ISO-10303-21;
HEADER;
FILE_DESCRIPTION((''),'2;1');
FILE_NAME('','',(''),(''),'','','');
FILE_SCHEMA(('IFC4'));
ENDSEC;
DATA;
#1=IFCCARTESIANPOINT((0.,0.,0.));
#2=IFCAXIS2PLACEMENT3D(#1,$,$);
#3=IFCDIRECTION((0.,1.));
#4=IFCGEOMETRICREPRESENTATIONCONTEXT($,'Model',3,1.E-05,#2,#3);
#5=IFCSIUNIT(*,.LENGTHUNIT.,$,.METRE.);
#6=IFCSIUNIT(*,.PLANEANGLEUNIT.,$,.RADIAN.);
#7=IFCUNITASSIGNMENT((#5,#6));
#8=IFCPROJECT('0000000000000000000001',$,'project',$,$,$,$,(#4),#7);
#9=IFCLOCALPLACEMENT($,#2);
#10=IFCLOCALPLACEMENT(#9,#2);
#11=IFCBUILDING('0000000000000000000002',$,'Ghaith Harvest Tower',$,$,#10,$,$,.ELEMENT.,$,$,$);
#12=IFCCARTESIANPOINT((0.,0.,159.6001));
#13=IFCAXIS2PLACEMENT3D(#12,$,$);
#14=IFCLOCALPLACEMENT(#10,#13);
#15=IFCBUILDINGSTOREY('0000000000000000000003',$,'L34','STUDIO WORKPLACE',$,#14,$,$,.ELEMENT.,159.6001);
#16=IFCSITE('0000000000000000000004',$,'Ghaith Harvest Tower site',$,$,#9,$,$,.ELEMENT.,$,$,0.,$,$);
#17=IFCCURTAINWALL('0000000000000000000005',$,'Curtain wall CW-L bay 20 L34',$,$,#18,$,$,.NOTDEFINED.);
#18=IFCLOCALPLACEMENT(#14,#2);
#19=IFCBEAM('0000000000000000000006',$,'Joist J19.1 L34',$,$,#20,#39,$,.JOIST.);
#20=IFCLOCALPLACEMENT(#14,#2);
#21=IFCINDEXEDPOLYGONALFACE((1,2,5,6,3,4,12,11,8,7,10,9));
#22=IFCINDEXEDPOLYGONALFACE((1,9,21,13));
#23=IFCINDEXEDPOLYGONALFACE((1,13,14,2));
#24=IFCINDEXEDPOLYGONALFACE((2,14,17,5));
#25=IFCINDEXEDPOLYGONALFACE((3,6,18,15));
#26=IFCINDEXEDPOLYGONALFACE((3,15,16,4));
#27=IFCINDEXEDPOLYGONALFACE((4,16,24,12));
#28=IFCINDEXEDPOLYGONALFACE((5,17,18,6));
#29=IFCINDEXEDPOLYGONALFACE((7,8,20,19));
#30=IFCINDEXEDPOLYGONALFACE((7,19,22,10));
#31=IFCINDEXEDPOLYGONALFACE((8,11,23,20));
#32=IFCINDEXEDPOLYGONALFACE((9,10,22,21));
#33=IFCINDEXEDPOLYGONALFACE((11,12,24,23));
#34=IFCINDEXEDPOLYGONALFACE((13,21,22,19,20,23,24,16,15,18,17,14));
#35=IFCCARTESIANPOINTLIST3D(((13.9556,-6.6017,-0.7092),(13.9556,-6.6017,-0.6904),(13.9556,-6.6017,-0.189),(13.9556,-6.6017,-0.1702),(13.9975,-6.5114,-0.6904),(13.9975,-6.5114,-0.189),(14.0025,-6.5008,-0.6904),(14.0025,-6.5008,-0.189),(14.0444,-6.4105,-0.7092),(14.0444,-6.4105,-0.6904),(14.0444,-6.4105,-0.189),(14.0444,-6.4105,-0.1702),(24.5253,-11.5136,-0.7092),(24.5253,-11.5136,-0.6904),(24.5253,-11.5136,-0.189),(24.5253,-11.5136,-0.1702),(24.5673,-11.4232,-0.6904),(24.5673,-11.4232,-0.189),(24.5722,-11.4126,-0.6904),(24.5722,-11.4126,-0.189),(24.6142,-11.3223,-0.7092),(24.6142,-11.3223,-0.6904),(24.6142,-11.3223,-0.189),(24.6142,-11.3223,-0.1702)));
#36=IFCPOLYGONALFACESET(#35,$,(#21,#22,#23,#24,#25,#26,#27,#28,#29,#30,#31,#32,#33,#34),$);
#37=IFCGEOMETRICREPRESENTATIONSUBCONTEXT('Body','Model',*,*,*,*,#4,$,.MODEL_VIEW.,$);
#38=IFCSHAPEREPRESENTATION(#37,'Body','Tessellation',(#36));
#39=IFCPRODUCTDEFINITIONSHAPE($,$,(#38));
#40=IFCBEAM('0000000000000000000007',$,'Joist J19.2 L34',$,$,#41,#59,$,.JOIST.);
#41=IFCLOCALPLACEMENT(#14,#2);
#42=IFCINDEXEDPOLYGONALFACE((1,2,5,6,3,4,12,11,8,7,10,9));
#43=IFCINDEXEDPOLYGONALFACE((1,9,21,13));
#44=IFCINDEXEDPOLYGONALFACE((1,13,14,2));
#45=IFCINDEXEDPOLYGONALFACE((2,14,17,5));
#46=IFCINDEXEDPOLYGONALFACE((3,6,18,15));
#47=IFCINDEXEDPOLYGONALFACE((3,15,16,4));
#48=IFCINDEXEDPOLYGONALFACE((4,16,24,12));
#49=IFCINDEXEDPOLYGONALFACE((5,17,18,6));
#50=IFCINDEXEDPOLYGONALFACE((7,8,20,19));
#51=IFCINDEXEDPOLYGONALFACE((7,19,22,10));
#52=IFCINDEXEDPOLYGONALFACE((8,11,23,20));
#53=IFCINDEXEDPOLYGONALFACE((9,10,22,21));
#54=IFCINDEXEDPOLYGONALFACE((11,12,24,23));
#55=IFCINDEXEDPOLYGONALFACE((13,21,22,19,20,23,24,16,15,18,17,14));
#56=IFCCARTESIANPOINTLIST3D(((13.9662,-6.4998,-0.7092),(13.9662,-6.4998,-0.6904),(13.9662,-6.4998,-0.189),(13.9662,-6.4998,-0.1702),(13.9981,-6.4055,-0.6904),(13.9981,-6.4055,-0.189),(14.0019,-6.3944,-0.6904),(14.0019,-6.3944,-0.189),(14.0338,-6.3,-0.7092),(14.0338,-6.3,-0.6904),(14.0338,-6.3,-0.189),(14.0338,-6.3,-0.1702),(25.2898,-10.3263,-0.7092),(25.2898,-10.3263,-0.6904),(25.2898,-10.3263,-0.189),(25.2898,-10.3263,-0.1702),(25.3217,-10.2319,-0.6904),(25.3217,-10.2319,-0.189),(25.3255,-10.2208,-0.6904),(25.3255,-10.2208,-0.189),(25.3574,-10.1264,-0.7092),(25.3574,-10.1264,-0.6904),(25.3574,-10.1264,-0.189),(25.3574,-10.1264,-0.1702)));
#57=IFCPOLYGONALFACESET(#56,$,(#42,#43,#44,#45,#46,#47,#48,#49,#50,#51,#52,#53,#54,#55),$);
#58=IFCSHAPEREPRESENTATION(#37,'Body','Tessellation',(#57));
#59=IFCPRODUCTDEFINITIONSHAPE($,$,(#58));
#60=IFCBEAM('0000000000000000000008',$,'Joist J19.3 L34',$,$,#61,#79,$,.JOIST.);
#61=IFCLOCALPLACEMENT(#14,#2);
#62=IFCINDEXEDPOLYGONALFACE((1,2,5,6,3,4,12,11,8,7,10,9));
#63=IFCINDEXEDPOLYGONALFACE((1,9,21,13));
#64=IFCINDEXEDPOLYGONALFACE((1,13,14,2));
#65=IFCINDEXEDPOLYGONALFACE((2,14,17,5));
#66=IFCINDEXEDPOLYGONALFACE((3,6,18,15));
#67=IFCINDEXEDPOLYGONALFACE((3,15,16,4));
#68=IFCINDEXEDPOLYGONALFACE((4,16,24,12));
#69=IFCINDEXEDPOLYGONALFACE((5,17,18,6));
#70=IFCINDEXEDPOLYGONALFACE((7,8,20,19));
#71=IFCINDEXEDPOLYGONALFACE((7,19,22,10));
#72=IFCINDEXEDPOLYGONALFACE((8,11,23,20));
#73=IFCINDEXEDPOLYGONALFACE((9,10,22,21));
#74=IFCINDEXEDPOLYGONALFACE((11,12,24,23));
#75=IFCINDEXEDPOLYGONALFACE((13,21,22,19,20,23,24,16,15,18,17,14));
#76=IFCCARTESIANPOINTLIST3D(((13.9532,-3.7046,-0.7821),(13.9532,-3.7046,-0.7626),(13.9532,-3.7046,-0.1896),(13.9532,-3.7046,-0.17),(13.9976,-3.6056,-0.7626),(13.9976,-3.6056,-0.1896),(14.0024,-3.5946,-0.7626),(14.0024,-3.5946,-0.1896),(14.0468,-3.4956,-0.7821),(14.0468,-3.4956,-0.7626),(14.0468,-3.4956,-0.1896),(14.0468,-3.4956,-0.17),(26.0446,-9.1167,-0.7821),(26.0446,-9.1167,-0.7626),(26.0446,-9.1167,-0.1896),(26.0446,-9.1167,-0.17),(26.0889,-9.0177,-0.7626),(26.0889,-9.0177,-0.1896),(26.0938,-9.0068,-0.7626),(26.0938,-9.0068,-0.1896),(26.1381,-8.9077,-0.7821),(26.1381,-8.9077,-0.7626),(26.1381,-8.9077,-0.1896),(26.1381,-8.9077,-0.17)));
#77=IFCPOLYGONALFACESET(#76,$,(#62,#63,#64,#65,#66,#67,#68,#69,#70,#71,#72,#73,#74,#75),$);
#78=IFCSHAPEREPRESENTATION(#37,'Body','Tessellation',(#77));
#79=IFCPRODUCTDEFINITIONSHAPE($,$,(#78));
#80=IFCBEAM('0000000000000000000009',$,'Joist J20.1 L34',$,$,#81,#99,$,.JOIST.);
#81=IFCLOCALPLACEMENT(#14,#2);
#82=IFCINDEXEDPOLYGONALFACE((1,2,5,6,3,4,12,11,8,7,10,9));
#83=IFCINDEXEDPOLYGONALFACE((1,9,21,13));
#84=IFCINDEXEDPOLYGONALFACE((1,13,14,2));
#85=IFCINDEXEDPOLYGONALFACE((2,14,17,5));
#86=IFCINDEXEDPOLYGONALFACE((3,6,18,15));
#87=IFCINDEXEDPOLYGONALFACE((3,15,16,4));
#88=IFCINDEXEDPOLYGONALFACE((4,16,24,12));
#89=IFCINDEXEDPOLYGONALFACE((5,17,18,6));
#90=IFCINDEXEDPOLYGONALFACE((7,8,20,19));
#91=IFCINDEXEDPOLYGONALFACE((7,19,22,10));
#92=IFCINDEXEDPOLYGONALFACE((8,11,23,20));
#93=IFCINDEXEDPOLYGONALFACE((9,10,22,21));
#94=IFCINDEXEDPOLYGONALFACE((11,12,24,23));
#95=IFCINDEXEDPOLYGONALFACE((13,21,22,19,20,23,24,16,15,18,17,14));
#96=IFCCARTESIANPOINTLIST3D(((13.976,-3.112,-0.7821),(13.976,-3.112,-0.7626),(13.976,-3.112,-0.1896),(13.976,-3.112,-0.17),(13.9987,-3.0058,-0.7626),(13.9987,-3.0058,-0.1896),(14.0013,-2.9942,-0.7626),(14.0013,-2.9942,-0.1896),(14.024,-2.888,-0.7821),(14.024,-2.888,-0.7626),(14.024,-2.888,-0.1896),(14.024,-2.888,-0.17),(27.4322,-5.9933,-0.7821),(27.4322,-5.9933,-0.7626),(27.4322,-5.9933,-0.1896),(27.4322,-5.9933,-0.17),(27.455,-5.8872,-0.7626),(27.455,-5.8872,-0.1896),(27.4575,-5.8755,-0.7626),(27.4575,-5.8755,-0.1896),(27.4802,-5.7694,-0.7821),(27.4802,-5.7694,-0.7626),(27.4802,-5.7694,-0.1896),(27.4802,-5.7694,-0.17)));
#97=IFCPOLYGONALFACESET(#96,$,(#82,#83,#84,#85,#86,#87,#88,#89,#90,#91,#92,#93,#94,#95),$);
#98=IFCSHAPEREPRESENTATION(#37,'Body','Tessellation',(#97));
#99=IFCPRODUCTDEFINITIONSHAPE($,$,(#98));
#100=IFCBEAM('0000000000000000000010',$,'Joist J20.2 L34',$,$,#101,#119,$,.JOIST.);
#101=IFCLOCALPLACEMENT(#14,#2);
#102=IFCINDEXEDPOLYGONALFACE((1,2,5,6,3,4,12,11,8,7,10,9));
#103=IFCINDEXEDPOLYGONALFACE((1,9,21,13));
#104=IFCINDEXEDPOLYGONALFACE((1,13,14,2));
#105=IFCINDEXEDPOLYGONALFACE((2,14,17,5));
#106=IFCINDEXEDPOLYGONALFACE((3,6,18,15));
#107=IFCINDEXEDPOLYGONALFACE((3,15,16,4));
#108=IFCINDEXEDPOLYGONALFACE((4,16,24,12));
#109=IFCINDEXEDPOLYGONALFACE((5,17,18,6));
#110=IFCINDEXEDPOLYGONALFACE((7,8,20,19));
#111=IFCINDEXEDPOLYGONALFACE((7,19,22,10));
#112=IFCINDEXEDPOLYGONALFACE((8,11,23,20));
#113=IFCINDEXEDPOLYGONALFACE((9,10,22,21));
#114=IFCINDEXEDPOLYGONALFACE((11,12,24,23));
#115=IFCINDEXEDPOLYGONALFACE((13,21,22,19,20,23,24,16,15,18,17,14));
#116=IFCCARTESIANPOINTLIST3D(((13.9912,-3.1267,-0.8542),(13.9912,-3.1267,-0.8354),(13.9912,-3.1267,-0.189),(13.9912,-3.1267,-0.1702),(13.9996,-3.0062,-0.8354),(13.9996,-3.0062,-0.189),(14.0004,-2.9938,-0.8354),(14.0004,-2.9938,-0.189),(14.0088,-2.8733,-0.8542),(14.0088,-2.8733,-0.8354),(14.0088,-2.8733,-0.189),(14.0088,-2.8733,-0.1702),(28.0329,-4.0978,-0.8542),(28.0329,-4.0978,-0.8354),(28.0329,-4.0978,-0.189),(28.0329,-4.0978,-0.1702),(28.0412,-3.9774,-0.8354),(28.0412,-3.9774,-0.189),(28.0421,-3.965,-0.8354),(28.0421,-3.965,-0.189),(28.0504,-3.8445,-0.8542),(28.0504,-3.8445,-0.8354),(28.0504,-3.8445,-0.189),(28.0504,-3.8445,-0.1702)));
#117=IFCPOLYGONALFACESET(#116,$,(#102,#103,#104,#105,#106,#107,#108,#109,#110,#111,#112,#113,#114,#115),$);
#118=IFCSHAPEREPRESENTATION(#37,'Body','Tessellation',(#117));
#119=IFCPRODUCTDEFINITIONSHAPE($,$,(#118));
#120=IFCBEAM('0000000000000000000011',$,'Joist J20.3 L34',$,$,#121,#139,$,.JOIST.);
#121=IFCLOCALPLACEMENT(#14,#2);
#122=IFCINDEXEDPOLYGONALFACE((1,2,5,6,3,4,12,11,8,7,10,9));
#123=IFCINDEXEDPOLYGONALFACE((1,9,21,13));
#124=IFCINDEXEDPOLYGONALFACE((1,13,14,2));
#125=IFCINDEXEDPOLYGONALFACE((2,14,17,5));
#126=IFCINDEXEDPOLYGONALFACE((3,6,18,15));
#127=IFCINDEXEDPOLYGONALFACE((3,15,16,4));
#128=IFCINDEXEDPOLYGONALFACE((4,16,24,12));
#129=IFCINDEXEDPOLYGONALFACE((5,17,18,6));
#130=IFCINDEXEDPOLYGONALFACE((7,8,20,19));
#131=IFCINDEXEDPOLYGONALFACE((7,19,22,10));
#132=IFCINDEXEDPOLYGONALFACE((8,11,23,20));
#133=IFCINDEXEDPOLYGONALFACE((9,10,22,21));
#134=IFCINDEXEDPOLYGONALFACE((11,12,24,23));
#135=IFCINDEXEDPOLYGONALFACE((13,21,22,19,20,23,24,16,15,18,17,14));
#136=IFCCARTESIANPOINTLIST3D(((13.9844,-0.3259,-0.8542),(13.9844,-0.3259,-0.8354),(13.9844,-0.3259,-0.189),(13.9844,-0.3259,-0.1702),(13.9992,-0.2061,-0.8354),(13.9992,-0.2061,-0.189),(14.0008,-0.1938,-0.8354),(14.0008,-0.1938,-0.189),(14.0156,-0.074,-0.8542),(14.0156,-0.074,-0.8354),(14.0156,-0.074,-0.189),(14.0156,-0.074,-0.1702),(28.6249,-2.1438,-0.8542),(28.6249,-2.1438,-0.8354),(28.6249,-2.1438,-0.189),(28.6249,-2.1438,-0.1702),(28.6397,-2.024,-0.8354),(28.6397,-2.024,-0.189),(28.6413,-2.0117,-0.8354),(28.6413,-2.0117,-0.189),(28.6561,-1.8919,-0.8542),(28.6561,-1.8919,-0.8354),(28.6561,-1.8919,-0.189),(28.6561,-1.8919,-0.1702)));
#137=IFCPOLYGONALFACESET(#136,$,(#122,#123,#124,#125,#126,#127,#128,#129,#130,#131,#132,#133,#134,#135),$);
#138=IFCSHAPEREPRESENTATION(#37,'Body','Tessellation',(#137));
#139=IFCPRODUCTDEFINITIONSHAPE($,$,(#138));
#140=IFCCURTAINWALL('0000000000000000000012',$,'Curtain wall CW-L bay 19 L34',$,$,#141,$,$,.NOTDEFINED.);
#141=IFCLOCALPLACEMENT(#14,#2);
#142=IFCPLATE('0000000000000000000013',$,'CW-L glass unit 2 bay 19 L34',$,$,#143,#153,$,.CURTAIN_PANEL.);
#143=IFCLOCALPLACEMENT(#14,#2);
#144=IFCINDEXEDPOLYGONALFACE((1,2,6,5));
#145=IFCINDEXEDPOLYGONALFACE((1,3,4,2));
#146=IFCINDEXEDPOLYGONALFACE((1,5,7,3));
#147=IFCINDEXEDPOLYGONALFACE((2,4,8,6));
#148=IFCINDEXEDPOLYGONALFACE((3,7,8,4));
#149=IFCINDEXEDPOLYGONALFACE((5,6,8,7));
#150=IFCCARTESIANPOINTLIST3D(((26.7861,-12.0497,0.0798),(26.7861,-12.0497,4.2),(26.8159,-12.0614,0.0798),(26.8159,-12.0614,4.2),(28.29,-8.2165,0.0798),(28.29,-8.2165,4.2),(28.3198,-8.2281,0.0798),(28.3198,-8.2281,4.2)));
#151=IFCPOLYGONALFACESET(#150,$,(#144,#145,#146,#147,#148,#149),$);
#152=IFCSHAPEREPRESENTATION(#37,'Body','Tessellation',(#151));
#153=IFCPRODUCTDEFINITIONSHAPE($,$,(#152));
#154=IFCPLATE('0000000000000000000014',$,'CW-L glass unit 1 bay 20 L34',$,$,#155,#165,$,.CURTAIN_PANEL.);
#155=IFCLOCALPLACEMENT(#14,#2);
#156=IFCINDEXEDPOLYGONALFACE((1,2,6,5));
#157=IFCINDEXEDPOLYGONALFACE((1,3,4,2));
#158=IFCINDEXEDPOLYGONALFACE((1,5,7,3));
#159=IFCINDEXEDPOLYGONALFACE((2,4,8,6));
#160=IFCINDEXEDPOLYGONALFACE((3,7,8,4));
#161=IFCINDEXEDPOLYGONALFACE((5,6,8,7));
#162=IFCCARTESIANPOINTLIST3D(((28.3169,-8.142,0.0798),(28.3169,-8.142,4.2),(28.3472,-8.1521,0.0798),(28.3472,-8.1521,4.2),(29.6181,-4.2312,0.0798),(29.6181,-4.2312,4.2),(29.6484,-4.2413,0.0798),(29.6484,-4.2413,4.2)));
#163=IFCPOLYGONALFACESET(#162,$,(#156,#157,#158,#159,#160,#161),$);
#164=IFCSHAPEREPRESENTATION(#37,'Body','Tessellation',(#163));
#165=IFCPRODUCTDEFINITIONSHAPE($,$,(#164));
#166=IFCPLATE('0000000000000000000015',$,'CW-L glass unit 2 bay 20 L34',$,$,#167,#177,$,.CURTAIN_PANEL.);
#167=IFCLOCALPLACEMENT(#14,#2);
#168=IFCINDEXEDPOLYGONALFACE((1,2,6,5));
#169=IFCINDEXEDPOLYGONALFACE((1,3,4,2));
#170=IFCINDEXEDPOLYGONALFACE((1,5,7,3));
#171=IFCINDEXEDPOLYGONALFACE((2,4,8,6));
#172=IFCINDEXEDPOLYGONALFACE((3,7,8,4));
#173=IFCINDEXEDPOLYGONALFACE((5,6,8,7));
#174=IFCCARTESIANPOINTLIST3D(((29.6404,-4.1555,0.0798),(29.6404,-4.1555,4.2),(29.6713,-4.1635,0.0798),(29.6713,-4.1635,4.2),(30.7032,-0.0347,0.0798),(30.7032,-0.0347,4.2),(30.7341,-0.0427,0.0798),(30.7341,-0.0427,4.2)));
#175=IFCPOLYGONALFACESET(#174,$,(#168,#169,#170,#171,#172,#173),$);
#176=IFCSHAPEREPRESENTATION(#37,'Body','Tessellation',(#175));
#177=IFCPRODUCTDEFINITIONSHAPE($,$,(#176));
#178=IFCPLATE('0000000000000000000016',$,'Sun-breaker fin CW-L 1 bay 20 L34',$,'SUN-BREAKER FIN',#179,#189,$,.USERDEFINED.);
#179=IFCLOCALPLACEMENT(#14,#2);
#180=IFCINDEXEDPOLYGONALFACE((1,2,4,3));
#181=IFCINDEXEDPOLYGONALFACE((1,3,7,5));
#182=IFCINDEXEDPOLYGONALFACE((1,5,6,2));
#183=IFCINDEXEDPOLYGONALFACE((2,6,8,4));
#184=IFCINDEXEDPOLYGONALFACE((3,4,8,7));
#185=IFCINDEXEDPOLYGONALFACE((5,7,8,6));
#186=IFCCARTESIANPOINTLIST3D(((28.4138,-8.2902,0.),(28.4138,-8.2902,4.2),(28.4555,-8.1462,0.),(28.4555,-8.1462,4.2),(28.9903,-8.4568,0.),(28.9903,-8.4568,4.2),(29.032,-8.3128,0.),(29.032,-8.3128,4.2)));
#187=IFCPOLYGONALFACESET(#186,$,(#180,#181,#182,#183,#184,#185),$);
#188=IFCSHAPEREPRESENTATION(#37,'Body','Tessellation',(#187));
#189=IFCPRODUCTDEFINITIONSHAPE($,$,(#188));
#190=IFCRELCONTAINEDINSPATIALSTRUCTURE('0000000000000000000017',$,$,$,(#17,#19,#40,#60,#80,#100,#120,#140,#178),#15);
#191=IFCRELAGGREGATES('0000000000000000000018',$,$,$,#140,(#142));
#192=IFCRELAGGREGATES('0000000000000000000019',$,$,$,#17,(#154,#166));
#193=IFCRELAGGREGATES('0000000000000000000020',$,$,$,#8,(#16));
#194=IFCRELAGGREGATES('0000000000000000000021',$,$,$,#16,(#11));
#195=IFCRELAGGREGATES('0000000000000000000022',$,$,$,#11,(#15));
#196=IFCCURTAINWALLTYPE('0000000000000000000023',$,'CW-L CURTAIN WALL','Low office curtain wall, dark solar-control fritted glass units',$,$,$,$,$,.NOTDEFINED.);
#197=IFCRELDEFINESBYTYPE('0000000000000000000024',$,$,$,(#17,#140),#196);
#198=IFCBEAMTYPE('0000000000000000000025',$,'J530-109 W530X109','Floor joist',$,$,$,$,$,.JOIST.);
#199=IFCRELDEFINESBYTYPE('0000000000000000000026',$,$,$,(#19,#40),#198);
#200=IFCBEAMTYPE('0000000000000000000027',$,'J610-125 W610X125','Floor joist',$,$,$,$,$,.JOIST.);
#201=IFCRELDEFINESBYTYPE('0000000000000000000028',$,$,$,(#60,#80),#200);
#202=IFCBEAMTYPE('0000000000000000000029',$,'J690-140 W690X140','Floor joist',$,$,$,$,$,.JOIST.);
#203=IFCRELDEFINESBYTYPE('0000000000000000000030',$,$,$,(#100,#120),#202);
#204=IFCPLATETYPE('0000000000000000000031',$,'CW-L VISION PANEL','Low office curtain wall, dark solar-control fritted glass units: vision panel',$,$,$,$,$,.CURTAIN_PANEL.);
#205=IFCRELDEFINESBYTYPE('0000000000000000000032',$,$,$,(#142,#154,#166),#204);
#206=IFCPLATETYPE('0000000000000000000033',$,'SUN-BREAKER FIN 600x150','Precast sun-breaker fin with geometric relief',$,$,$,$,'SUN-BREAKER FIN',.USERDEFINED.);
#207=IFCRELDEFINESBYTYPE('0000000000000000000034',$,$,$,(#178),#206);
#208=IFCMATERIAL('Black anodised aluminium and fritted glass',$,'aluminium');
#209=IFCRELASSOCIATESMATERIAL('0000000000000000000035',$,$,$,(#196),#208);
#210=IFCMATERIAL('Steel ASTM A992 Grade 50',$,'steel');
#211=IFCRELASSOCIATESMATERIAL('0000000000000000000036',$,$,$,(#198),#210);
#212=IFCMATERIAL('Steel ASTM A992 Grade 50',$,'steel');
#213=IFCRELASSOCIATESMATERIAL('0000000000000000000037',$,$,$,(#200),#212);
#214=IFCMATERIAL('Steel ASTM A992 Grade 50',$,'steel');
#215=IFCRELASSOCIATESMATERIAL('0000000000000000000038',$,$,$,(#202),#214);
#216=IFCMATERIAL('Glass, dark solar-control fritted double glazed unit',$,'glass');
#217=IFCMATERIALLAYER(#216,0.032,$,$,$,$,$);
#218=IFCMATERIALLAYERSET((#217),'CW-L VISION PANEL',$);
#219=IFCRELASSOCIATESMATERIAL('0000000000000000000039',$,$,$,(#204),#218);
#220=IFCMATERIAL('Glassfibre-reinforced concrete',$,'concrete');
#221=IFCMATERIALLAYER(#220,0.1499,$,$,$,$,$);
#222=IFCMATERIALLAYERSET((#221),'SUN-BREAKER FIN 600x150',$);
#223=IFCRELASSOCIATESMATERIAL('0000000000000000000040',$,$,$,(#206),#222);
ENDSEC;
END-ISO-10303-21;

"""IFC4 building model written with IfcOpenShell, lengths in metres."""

from ifc_helpers import new_model, si_unit, direction, frame, origin, origin_2d, place, context, subcontext, project, spatial, rectangle, i_section, extrude, material, layer, layer_set, material_profile, profile_set, type_object, element, aggregate, save


model = new_model("IFC4")

# Units and contexts
model_context = context("Model", 3, precision=1e-05, world=origin(), true_north=direction((0.0, 1.0)))
body_context = subcontext(model_context, "Body", "Model", "MODEL_VIEW")
ifc_project = project(units=[si_unit("LENGTHUNIT", "METRE"), si_unit("PLANEANGLEUNIT", "RADIAN")], contexts=[model_context])

# Site, building, storey
site_placement = place(None, origin())
site = spatial("IfcSite", under=ifc_project, at=site_placement, Name="Ghaith Harvest Tower site", CompositionType="ELEMENT", RefElevation=0.0)
building_placement = place(site_placement, origin())
building = spatial("IfcBuilding", under=site, at=building_placement, Name="Ghaith Harvest Tower", CompositionType="ELEMENT")
storey_placement = place(building_placement, frame((0.0, 0.0, 159.6001)))
storey = spatial("IfcBuildingStorey", under=building, at=storey_placement, Name="L34", Description="STUDIO WORKPLACE", CompositionType="ELEMENT", Elevation=159.6001)

# Curtain wall
ifc_material_1 = material(Name="Black anodised aluminium and fritted glass", Category="aluminium")
curtain_wall_type = type_object("IfcCurtainWallType", Name="CW-L CURTAIN WALL", Description="Low office curtain wall, dark solar-control fritted glass units", PredefinedType="NOTDEFINED", material=ifc_material_1)
curtain_wall_1_placement = place(storey_placement, origin())
curtain_wall_1 = element("IfcCurtainWall", 1, at=curtain_wall_1_placement, inside=storey, type_object=curtain_wall_type, Name="Curtain wall CW-L bay 20 L34", PredefinedType="NOTDEFINED")

# Beams
ifc_material_2 = material(Name="Steel ASTM A992 Grade 50", Category="steel")
ifc_material_profile_1 = material_profile(ifc_material_2, i_section(OverallWidth=0.2109, OverallDepth=0.5391, WebThickness=0.0117, FlangeThickness=0.0188, at=origin_2d()), Name="W530X109")
ifc_profile_set_1 = profile_set([ifc_material_profile_1], Name="Steel ASTM A992 Grade 50")
beam_type_1 = type_object("IfcBeamType", Name="J530-109 W530X109", Description="Floor joist", PredefinedType="JOIST", material=ifc_profile_set_1)
beam_1_placement = place(storey_placement, frame((14.0, -6.5061, -0.4397), z_axis=(0.906863, -0.421425, 0.0), x_axis=(0.421425, 0.906863, 0.0)))
element("IfcBeam", 2, at=beam_1_placement, inside=storey, type_object=beam_type_1, Name="Joist J19.1 L34", PredefinedType="JOIST", context=body_context, shape_type="SweptSolid", body=[
    extrude(i_section(OverallWidth=0.2109, OverallDepth=0.5391, WebThickness=0.0117, FlangeThickness=0.0188, at=origin_2d()), origin(), (0.0, 0.0, 1.0), 11.6553),
])
beam_2_placement = place(storey_placement, frame((14.0, -6.3999, -0.4397), z_axis=(0.947372, -0.320135, 0.0), x_axis=(0.320135, 0.947372, 0.0)))
element("IfcBeam", 3, at=beam_2_placement, inside=storey, type_object=beam_type_1, Name="Joist J19.2 L34", PredefinedType="JOIST", context=body_context, shape_type="SweptSolid", body=[
    extrude(i_section(OverallWidth=0.2109, OverallDepth=0.5391, WebThickness=0.0117, FlangeThickness=0.0188, at=origin_2d()), origin(), (0.0, 0.0, 1.0), 11.9526),
])
ifc_material_3 = material(Name="Steel ASTM A992 Grade 50", Category="steel")
ifc_material_profile_2 = material_profile(ifc_material_3, i_section(OverallWidth=0.229, OverallDepth=0.6121, WebThickness=0.012, FlangeThickness=0.0195, at=origin_2d()), Name="W610X125")
ifc_profile_set_2 = profile_set([ifc_material_profile_2], Name="Steel ASTM A992 Grade 50")
beam_type_2 = type_object("IfcBeamType", Name="J610-125 W610X125", Description="Floor joist", PredefinedType="JOIST", material=ifc_profile_set_2)
beam_3_placement = place(storey_placement, frame((14.0, -3.6001, -0.4761), z_axis=(0.912738, -0.408545, 0.0), x_axis=(0.408545, 0.912738, 0.0)))
element("IfcBeam", 4, at=beam_3_placement, inside=storey, type_object=beam_type_2, Name="Joist J19.3 L34", PredefinedType="JOIST", context=body_context, shape_type="SweptSolid", body=[
    extrude(i_section(OverallWidth=0.229, OverallDepth=0.6121, WebThickness=0.012, FlangeThickness=0.0195, at=origin_2d()), origin(), (0.0, 0.0, 1.0), 13.2473),
])
beam_4_placement = place(storey_placement, frame((14.0, -3.0, -0.4761), z_axis=(0.977834, -0.20938, 0.0), x_axis=(0.20938, 0.977834, 0.0)))
element("IfcBeam", 5, at=beam_4_placement, inside=storey, type_object=beam_type_2, Name="Joist J20.1 L34", PredefinedType="JOIST", context=body_context, shape_type="SweptSolid", body=[
    extrude(i_section(OverallWidth=0.229, OverallDepth=0.6121, WebThickness=0.012, FlangeThickness=0.0195, at=origin_2d()), origin(), (0.0, 0.0, 1.0), 13.7612),
])
ifc_material_4 = material(Name="Steel ASTM A992 Grade 50", Category="steel")
ifc_material_profile_3 = material_profile(ifc_material_4, i_section(OverallWidth=0.2539, OverallDepth=0.6841, WebThickness=0.0125, FlangeThickness=0.0188, at=origin_2d()), Name="W690X140")
ifc_profile_set_3 = profile_set([ifc_material_profile_3], Name="Steel ASTM A992 Grade 50")
beam_type_3 = type_object("IfcBeamType", Name="J690-140 W690X140", Description="Floor joist", PredefinedType="JOIST", material=ifc_profile_set_3)
beam_5_placement = place(storey_placement, frame((14.0, -3.0, -0.5122), z_axis=(0.997617, -0.069, 0.0), x_axis=(0.069, 0.997617, 0.0)))
element("IfcBeam", 6, at=beam_5_placement, inside=storey, type_object=beam_type_3, Name="Joist J20.2 L34", PredefinedType="JOIST", context=body_context, shape_type="SweptSolid", body=[
    extrude(i_section(OverallWidth=0.2539, OverallDepth=0.6841, WebThickness=0.0125, FlangeThickness=0.0188, at=origin_2d()), origin(), (0.0, 0.0, 1.0), 14.0752),
])
beam_6_placement = place(storey_placement, frame((14.0, -0.2, -0.5122), z_axis=(0.992379, -0.123222, 0.0), x_axis=(0.123222, 0.992379, 0.0)))
element("IfcBeam", 7, at=beam_6_placement, inside=storey, type_object=beam_type_3, Name="Joist J20.3 L34", PredefinedType="JOIST", context=body_context, shape_type="SweptSolid", body=[
    extrude(i_section(OverallWidth=0.2539, OverallDepth=0.6841, WebThickness=0.0125, FlangeThickness=0.0188, at=origin_2d()), origin(), (0.0, 0.0, 1.0), 14.7529),
])

# Curtain wall, plate
curtain_wall_2_placement = place(storey_placement, origin())
curtain_wall_2 = element("IfcCurtainWall", 8, at=curtain_wall_2_placement, inside=storey, type_object=curtain_wall_type, Name="Curtain wall CW-L bay 19 L34", PredefinedType="NOTDEFINED")
ifc_material_5 = material(Name="Glass, dark solar-control fritted double glazed unit", Category="glass")
ifc_layer_1 = layer(ifc_material_5, 0.032)
ifc_layer_set_1 = layer_set([ifc_layer_1], Name="CW-L VISION PANEL")
plate_type_1 = type_object("IfcPlateType", Name="CW-L VISION PANEL", Description="Low office curtain wall, dark solar-control fritted glass units: vision panel", PredefinedType="CURTAIN_PANEL", material=ifc_layer_set_1)
plate_1_placement = place(storey_placement, frame((27.553, -10.1389, 0.0798), z_axis=(0.0, 0.0, 1.0), x_axis=(0.365226, 0.930919, 0.0)))
plate_1 = element("IfcPlate", 9, at=plate_1_placement, type_object=plate_type_1, Name="CW-L glass unit 2 bay 19 L34", PredefinedType="CURTAIN_PANEL", context=body_context, shape_type="SweptSolid", body=[
    extrude(rectangle(XDim=4.1177, YDim=0.032, at=origin_2d()), origin(), (0.0, 0.0, 1.0), 4.1201),
])
aggregate(curtain_wall_2, [plate_1])

# Plates
plate_2_placement = place(storey_placement, frame((28.9827, -6.1917, 0.0798), z_axis=(0.0, 0.0, 1.0), x_axis=(0.315708, 0.948856, 0.0)))
plate_2 = element("IfcPlate", 10, at=plate_2_placement, type_object=plate_type_1, Name="CW-L glass unit 1 bay 20 L34", PredefinedType="CURTAIN_PANEL", context=body_context, shape_type="SweptSolid", body=[
    extrude(rectangle(XDim=4.1216, YDim=0.032, at=origin_2d()), origin(), (0.0, 0.0, 1.0), 4.1201),
])
plate_3_placement = place(storey_placement, frame((30.1873, -2.0991, 0.0798), z_axis=(0.0, 0.0, 1.0), x_axis=(0.249744, 0.968312, 0.0)))
plate_3 = element("IfcPlate", 11, at=plate_3_placement, type_object=plate_type_1, Name="CW-L glass unit 2 bay 20 L34", PredefinedType="CURTAIN_PANEL", context=body_context, shape_type="SweptSolid", body=[
    extrude(rectangle(XDim=4.2556, YDim=0.032, at=origin_2d()), origin(), (0.0, 0.0, 1.0), 4.1201),
])
aggregate(curtain_wall_1, [plate_2, plate_3])
ifc_material_6 = material(Name="Glassfibre-reinforced concrete", Category="concrete")
ifc_layer_2 = layer(ifc_material_6, 0.1499)
ifc_layer_set_2 = layer_set([ifc_layer_2], Name="SUN-BREAKER FIN 600x150")
plate_type_2 = type_object("IfcPlateType", Name="SUN-BREAKER FIN 600x150", Description="Precast sun-breaker fin with geometric relief", ElementType="SUN-BREAKER FIN", PredefinedType="USERDEFINED", material=ifc_layer_set_2)
plate_4_placement = place(storey_placement, frame((28.7229, -8.3015, 0.0), z_axis=(0.0, 0.0, 1.0), x_axis=(0.96068, -0.277657, 0.0)))
element("IfcPlate", 12, at=plate_4_placement, inside=storey, type_object=plate_type_2, Name="Sun-breaker fin CW-L 1 bay 20 L34", ObjectType="SUN-BREAKER FIN", PredefinedType="USERDEFINED", context=body_context, shape_type="SweptSolid", body=[
    extrude(rectangle(XDim=0.6001, YDim=0.1499, at=origin_2d()), origin(), (0.0, 0.0, 1.0), 4.2),
])

save(model, "model.ifc")
